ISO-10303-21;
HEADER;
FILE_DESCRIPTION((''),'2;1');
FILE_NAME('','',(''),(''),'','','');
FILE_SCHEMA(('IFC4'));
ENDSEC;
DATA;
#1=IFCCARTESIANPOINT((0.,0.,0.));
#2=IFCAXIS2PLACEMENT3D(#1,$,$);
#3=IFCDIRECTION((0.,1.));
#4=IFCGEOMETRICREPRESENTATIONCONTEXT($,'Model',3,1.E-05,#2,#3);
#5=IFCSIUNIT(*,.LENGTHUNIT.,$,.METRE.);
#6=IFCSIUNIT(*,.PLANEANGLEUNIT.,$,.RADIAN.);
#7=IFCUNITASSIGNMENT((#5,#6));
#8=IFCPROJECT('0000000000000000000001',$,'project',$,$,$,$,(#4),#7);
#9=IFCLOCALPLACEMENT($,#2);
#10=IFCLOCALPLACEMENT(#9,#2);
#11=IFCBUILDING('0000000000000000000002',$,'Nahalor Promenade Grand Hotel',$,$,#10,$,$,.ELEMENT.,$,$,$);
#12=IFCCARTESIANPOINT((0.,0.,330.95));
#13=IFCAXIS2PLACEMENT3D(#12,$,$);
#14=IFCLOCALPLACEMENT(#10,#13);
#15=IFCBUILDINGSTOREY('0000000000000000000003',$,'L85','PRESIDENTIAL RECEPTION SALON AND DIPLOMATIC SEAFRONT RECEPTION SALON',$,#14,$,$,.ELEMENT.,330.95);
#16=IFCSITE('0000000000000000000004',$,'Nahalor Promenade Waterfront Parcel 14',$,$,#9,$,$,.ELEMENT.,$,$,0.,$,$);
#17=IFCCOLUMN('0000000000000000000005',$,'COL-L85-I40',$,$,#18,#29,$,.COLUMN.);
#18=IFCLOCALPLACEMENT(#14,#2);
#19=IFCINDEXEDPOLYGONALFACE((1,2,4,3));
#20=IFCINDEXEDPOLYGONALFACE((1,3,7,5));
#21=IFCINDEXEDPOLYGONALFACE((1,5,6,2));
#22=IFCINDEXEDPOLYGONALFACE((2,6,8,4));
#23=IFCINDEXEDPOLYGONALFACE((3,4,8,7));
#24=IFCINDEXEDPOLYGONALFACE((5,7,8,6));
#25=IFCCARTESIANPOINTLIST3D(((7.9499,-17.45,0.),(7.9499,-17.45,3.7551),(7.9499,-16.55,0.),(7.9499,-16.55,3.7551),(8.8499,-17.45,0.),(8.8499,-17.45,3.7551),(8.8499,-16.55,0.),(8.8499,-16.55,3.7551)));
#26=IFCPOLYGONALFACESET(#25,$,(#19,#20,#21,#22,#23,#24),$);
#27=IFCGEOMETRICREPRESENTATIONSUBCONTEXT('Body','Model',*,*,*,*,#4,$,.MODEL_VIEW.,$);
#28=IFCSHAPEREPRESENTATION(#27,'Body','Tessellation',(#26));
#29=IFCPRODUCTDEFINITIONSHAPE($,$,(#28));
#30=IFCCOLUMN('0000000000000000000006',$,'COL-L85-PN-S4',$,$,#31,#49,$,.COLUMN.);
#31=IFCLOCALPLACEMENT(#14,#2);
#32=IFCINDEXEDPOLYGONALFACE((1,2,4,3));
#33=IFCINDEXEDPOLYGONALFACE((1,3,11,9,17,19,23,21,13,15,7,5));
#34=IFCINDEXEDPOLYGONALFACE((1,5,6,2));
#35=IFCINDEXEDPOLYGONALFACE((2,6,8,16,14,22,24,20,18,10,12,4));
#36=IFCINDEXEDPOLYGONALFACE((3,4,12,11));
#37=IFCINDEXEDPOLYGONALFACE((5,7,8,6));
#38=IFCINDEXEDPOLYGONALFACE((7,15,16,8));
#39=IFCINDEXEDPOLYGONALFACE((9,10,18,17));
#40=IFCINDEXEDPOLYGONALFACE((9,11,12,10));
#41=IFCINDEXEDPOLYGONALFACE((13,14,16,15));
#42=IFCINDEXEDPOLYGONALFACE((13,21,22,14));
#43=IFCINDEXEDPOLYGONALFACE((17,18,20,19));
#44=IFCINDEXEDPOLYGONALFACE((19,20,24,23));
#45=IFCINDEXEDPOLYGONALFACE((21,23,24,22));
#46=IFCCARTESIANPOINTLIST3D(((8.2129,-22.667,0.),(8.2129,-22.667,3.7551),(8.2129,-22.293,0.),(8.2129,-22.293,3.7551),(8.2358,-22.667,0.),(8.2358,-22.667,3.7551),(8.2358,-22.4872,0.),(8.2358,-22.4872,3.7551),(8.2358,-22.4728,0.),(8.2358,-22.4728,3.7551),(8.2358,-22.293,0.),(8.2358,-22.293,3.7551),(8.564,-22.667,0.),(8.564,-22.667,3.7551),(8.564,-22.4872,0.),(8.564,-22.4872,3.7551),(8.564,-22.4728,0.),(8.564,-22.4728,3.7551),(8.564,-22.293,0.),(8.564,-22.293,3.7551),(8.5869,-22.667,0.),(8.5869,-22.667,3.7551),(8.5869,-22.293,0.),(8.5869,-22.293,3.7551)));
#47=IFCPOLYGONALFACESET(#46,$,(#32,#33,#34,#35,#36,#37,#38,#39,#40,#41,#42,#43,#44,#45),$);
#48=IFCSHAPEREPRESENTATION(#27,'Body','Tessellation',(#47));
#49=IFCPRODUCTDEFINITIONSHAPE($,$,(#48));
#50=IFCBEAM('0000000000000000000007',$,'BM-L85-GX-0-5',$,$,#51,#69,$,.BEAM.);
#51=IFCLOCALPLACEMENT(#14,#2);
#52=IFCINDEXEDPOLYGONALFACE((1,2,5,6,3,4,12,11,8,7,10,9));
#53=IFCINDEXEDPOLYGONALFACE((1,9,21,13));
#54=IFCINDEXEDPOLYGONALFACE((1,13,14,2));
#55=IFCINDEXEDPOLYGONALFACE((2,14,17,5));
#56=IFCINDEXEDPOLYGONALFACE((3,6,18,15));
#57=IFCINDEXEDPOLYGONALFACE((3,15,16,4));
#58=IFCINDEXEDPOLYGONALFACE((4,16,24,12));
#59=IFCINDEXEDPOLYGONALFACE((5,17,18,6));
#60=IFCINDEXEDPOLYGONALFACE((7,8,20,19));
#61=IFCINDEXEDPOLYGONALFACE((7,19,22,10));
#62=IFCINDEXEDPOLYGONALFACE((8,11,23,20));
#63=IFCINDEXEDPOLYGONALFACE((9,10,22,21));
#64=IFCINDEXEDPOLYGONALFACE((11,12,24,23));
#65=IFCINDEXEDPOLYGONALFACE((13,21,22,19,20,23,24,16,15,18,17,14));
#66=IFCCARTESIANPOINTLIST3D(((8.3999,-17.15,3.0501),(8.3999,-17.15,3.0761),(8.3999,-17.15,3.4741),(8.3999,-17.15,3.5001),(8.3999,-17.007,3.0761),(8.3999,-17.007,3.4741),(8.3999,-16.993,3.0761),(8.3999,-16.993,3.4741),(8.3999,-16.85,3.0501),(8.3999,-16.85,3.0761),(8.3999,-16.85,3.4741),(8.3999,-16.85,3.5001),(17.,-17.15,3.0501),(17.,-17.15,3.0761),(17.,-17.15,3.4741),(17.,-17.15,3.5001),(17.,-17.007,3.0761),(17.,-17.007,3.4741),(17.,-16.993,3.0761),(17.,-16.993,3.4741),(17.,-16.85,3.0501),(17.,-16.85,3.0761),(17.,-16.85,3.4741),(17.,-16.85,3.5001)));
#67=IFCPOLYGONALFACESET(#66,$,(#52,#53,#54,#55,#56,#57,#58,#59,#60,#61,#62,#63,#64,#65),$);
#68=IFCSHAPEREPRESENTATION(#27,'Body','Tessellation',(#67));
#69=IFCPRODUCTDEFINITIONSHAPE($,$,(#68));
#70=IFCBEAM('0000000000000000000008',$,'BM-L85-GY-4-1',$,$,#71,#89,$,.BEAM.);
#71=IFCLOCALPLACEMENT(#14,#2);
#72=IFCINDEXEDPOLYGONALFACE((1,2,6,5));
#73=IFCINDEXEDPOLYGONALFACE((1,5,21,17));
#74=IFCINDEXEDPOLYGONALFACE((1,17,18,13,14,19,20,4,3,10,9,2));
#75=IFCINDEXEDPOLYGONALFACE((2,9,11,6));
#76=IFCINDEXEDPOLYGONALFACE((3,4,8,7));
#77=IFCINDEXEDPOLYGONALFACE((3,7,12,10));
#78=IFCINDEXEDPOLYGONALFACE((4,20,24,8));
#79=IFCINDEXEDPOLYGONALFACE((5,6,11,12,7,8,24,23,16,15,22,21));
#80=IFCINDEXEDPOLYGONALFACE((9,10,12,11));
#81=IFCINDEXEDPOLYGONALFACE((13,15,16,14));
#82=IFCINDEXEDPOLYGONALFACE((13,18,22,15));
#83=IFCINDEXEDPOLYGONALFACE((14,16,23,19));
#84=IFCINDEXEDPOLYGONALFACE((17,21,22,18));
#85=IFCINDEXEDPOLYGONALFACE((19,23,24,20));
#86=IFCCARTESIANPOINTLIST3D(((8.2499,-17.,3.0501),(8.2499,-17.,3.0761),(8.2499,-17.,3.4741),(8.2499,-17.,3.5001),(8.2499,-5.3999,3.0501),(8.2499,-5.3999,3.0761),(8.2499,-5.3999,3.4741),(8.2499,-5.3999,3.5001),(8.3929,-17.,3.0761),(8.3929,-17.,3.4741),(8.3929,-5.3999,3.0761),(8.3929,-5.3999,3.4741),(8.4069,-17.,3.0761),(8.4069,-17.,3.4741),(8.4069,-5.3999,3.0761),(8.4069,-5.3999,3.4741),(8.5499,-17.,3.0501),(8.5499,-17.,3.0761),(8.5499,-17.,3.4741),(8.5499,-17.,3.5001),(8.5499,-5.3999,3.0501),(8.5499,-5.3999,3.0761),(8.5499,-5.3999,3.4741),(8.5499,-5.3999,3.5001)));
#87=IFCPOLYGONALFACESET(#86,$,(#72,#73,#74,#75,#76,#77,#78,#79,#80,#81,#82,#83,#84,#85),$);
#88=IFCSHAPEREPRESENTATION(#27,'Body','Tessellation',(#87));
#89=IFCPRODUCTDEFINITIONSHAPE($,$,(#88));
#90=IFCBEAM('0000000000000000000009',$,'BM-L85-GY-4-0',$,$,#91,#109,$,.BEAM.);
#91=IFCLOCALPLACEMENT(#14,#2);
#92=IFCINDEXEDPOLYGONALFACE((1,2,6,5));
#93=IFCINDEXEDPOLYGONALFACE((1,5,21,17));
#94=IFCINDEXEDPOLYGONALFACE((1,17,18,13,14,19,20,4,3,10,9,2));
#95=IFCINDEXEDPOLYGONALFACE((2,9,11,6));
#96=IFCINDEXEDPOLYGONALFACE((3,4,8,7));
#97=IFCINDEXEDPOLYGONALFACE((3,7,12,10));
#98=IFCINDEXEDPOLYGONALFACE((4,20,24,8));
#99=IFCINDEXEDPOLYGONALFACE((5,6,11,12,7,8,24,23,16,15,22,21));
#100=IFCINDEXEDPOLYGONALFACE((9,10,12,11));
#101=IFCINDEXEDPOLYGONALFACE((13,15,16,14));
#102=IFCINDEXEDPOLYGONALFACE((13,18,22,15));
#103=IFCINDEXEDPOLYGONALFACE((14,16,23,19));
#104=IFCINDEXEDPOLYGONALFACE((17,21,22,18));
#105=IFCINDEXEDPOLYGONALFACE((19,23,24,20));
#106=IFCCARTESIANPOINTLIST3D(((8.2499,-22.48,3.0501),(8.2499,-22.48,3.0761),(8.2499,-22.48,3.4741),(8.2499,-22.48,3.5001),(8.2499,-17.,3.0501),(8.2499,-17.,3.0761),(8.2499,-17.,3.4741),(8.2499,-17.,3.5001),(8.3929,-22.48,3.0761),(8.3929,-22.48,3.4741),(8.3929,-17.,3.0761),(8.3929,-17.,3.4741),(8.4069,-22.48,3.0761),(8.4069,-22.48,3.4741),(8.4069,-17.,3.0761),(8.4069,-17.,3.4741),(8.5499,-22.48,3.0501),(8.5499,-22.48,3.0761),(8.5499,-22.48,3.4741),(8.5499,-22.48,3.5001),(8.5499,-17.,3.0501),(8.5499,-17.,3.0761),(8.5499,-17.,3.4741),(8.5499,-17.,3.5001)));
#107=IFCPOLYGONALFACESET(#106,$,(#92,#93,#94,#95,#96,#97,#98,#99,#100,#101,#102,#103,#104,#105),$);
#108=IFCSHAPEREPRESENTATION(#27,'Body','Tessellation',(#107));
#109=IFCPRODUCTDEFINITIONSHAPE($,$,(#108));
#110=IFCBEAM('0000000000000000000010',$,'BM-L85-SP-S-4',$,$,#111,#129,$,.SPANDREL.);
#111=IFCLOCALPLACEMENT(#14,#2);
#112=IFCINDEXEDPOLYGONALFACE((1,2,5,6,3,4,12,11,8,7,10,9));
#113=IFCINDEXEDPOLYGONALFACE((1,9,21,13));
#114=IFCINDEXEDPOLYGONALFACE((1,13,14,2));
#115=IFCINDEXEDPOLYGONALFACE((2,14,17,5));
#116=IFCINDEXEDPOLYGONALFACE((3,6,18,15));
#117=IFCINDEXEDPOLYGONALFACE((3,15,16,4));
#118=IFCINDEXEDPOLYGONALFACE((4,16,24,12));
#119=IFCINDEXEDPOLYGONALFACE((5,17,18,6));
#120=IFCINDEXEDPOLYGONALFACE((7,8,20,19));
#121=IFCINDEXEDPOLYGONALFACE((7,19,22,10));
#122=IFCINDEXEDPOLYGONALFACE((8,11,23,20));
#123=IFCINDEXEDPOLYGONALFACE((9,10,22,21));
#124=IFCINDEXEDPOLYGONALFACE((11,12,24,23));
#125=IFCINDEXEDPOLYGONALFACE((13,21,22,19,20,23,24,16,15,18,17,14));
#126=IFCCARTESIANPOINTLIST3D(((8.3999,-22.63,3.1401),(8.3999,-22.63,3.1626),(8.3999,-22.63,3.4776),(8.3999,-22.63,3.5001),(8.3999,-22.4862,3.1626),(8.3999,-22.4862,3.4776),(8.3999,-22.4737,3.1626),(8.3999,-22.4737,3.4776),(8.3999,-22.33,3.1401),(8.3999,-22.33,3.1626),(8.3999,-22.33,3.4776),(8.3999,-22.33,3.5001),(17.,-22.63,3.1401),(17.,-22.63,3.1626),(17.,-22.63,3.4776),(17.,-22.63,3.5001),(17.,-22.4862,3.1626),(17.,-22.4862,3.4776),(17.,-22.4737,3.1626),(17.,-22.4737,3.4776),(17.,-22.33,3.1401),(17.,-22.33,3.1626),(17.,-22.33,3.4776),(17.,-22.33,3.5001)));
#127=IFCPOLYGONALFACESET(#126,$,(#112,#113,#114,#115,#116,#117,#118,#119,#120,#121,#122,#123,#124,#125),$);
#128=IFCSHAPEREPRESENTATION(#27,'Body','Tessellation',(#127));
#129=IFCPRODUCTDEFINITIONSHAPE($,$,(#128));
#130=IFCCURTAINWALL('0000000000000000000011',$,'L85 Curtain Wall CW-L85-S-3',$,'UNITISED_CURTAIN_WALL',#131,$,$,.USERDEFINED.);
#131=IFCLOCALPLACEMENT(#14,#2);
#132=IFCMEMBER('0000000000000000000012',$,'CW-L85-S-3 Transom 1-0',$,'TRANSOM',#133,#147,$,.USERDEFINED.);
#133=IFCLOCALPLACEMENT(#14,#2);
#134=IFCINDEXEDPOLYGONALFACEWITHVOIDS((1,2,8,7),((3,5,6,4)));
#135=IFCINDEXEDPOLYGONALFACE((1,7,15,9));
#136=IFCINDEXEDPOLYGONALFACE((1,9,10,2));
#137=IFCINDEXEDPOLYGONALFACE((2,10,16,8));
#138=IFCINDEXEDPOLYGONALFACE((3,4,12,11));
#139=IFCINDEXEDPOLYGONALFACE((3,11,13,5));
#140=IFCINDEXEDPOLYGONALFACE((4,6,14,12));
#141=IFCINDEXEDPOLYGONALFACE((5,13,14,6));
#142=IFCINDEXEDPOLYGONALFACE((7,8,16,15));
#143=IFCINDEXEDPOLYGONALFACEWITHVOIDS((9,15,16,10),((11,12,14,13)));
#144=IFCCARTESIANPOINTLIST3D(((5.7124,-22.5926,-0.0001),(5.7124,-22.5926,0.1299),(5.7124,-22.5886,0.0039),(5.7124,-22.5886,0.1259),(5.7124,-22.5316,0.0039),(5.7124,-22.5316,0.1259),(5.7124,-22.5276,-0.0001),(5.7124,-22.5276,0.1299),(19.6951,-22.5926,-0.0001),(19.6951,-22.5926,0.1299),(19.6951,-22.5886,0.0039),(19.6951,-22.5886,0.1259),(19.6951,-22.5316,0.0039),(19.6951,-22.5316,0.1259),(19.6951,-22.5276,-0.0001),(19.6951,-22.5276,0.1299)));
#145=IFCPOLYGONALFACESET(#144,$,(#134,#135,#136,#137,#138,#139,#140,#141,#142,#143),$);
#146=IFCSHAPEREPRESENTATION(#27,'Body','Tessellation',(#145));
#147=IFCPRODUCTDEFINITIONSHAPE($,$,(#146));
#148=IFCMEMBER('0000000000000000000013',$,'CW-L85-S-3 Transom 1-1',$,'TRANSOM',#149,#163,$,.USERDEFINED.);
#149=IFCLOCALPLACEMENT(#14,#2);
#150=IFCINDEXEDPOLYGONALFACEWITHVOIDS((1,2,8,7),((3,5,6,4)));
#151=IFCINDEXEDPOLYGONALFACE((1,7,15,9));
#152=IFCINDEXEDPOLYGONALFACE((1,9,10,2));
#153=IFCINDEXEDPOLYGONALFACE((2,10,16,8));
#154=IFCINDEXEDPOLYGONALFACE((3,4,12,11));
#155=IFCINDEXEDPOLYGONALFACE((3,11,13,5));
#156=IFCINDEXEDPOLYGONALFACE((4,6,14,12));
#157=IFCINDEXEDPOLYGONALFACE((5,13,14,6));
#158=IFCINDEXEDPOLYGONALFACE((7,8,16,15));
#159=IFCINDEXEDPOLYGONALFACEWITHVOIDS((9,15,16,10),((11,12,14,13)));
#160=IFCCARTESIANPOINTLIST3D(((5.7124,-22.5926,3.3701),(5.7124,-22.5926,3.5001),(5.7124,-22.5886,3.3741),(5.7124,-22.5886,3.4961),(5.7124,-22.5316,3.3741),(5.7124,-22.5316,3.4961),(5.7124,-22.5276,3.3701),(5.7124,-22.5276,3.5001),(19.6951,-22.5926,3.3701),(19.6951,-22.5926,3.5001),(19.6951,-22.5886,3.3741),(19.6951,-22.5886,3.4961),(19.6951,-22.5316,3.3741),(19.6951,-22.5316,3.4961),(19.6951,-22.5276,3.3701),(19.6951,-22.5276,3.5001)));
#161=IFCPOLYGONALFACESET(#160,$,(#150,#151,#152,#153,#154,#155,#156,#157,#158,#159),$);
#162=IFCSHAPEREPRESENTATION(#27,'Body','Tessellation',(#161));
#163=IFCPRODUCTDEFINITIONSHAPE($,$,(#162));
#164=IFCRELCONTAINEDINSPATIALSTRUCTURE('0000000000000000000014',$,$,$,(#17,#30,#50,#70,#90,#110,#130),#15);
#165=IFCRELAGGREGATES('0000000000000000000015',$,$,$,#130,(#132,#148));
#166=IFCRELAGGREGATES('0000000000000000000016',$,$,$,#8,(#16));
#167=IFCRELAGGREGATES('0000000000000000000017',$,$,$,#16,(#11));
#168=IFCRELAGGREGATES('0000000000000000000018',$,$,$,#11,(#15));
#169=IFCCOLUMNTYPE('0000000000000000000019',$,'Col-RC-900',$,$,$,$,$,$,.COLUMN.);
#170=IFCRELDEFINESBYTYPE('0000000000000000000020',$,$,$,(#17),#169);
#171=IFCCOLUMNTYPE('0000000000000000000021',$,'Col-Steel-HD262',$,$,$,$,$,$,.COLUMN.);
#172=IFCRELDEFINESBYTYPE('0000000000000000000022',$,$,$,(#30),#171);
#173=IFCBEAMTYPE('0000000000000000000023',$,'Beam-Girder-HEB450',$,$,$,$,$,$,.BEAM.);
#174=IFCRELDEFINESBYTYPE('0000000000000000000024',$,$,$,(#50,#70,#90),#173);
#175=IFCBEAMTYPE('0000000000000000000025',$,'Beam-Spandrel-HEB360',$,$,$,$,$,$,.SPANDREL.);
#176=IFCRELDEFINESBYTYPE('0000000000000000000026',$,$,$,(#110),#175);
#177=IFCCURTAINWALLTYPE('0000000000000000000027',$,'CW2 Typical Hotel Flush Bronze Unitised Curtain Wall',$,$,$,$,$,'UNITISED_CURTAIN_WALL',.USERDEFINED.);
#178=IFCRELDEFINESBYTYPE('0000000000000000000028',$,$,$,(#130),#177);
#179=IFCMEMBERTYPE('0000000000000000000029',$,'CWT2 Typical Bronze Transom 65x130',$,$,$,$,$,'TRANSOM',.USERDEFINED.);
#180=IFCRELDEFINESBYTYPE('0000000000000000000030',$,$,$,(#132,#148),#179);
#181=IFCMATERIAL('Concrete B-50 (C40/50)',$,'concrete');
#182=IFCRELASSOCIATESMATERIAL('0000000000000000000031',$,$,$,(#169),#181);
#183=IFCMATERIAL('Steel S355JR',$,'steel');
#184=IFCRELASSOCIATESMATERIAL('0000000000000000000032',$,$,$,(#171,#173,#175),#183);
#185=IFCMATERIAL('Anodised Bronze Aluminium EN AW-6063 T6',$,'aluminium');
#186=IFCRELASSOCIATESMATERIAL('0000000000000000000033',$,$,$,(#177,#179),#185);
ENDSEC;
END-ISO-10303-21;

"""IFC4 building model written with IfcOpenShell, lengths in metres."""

from ifc_helpers import new_model, si_unit, direction, frame, origin, origin_2d, place, context, subcontext, project, spatial, rectangle, hollow_rectangle, i_section, extrude, source, transform, mapped, material, material_profile, profile_set, type_object, element, aggregate, save


model = new_model("IFC4")

# Units and contexts
model_context = context("Model", 3, precision=1e-05, world=origin(), true_north=direction((0.0, 1.0)))
body_context = subcontext(model_context, "Body", "Model", "MODEL_VIEW")
ifc_project = project(units=[si_unit("LENGTHUNIT", "METRE"), si_unit("PLANEANGLEUNIT", "RADIAN")], contexts=[model_context])

# Site, building, storey
site_placement = place(None, origin())
site = spatial("IfcSite", under=ifc_project, at=site_placement, Name="Nahalor Promenade Waterfront Parcel 14", CompositionType="ELEMENT", RefElevation=0.0)
building_placement = place(site_placement, origin())
building = spatial("IfcBuilding", under=site, at=building_placement, Name="Nahalor Promenade Grand Hotel", CompositionType="ELEMENT")
storey_placement = place(building_placement, frame((0.0, 0.0, 330.95)))
storey = spatial("IfcBuildingStorey", under=building, at=storey_placement, Name="L85", Description="PRESIDENTIAL RECEPTION SALON AND DIPLOMATIC SEAFRONT RECEPTION SALON", CompositionType="ELEMENT", Elevation=330.95)

# Columns
ifc_material_1 = material(Name="Concrete B-50 (C40/50)", Category="concrete")
ifc_material_profile_1 = material_profile(ifc_material_1, rectangle(XDim=0.9, YDim=0.9, at=origin_2d()), Name="RC 900x900")
ifc_profile_set_1 = profile_set([ifc_material_profile_1], Name="Concrete B-50 (C40/50)")
column_type_1 = type_object("IfcColumnType", Name="Col-RC-900", PredefinedType="COLUMN", material=ifc_profile_set_1)
shared_shape_1 = source(origin(), body_context, "Body", "SweptSolid", [
    extrude(rectangle(XDim=0.9, YDim=0.9, at=origin_2d()), origin(), (0.0, 0.0, 1.0), 3.7551),
])
column_1_placement = place(storey_placement, frame((8.3999, -17.0, 0.0), z_axis=(0.0, 0.0, 1.0), x_axis=(1.0, 0.0, 0.0)))
element("IfcColumn", 1, at=column_1_placement, inside=storey, type_object=column_type_1, Name="COL-L85-I40", PredefinedType="COLUMN", context=body_context, shape_type="MappedRepresentation", body=[
    mapped(shared_shape_1, transform((0.0, 0.0, 0.0), scale=1.0)),
])
ifc_material_2 = material(Name="Steel S355JR", Category="steel")
ifc_material_profile_2 = material_profile(ifc_material_2, i_section(OverallWidth=0.374, OverallDepth=0.374, WebThickness=0.0144, FlangeThickness=0.0229, at=origin_2d()), Name="HD 360x262")
ifc_profile_set_2 = profile_set([ifc_material_profile_2], Name="Steel S355JR")
column_type_2 = type_object("IfcColumnType", Name="Col-Steel-HD262", PredefinedType="COLUMN", material=ifc_profile_set_2)
shared_shape_2 = source(origin(), body_context, "Body", "SweptSolid", [
    extrude(i_section(OverallWidth=0.374, OverallDepth=0.374, WebThickness=0.0144, FlangeThickness=0.0229, at=origin_2d()), origin(), (0.0, 0.0, 1.0), 3.7551),
])
column_2_placement = place(storey_placement, frame((8.3999, -22.48, 0.0), z_axis=(0.0, 0.0, 1.0), x_axis=(0.0, 1.0, 0.0)))
element("IfcColumn", 2, at=column_2_placement, inside=storey, type_object=column_type_2, Name="COL-L85-PN-S4", PredefinedType="COLUMN", context=body_context, shape_type="MappedRepresentation", body=[
    mapped(shared_shape_2, transform((0.0, 0.0, 0.0), scale=1.0)),
])

# Beams
ifc_material_profile_3 = material_profile(ifc_material_2, i_section(OverallWidth=0.3, OverallDepth=0.45, WebThickness=0.014, FlangeThickness=0.026, at=origin_2d()), Name="HEB 450")
ifc_profile_set_3 = profile_set([ifc_material_profile_3], Name="Steel S355JR")
beam_type_1 = type_object("IfcBeamType", Name="Beam-Girder-HEB450", PredefinedType="BEAM", material=ifc_profile_set_3)
shared_shape_3 = source(origin(), body_context, "Body", "SweptSolid", [
    extrude(i_section(OverallWidth=0.3, OverallDepth=0.45, WebThickness=0.014, FlangeThickness=0.026, at=origin_2d()), origin(), (0.0, 0.0, 1.0), 8.6001),
])
beam_1_placement = place(storey_placement, frame((8.3999, -17.0, 3.2751), z_axis=(1.0, 0.0, 0.0), x_axis=(0.0, 1.0, 0.0)))
element("IfcBeam", 3, at=beam_1_placement, inside=storey, type_object=beam_type_1, Name="BM-L85-GX-0-5", PredefinedType="BEAM", context=body_context, shape_type="MappedRepresentation", body=[
    mapped(shared_shape_3, transform((0.0, 0.0, 0.0), scale=1.0)),
])
shared_shape_4 = source(origin(), body_context, "Body", "SweptSolid", [
    extrude(i_section(OverallWidth=0.3, OverallDepth=0.45, WebThickness=0.014, FlangeThickness=0.026, at=origin_2d()), origin(), (0.0, 0.0, 1.0), 11.6001),
])
beam_2_placement = place(storey_placement, frame((8.3999, -17.0, 3.2751), z_axis=(0.0, 1.0, 0.0), x_axis=(-1.0, 0.0, 0.0)))
element("IfcBeam", 4, at=beam_2_placement, inside=storey, type_object=beam_type_1, Name="BM-L85-GY-4-1", PredefinedType="BEAM", context=body_context, shape_type="MappedRepresentation", body=[
    mapped(shared_shape_4, transform((0.0, 0.0, 0.0), scale=1.0)),
])
shared_shape_5 = source(origin(), body_context, "Body", "SweptSolid", [
    extrude(i_section(OverallWidth=0.3, OverallDepth=0.45, WebThickness=0.014, FlangeThickness=0.026, at=origin_2d()), origin(), (0.0, 0.0, 1.0), 5.48),
])
beam_3_placement = place(storey_placement, frame((8.3999, -22.48, 3.2751), z_axis=(0.0, 1.0, 0.0), x_axis=(-1.0, 0.0, 0.0)))
element("IfcBeam", 5, at=beam_3_placement, inside=storey, type_object=beam_type_1, Name="BM-L85-GY-4-0", PredefinedType="BEAM", context=body_context, shape_type="MappedRepresentation", body=[
    mapped(shared_shape_5, transform((0.0, 0.0, 0.0), scale=1.0)),
])
ifc_material_profile_4 = material_profile(ifc_material_2, i_section(OverallWidth=0.3, OverallDepth=0.36, WebThickness=0.0125, FlangeThickness=0.0225, at=origin_2d()), Name="HEB 360")
ifc_profile_set_4 = profile_set([ifc_material_profile_4], Name="Steel S355JR")
beam_type_2 = type_object("IfcBeamType", Name="Beam-Spandrel-HEB360", PredefinedType="SPANDREL", material=ifc_profile_set_4)
shared_shape_6 = source(origin(), body_context, "Body", "SweptSolid", [
    extrude(i_section(OverallWidth=0.3, OverallDepth=0.36, WebThickness=0.0125, FlangeThickness=0.0225, at=origin_2d()), origin(), (0.0, 0.0, 1.0), 8.6001),
])
beam_4_placement = place(storey_placement, frame((8.3999, -22.48, 3.3201), z_axis=(1.0, 0.0, 0.0), x_axis=(0.0, 1.0, 0.0)))
element("IfcBeam", 6, at=beam_4_placement, inside=storey, type_object=beam_type_2, Name="BM-L85-SP-S-4", PredefinedType="SPANDREL", context=body_context, shape_type="MappedRepresentation", body=[
    mapped(shared_shape_6, transform((0.0, 0.0, 0.0), scale=1.0)),
])

# Curtain wall, members
ifc_material_3 = material(Name="Anodised Bronze Aluminium EN AW-6063 T6", Category="aluminium")
curtain_wall_type = type_object("IfcCurtainWallType", Name="CW2 Typical Hotel Flush Bronze Unitised Curtain Wall", ElementType="UNITISED_CURTAIN_WALL", PredefinedType="USERDEFINED", material=ifc_material_3)
curtain_wall_placement = place(storey_placement, origin())
curtain_wall = element("IfcCurtainWall", 7, at=curtain_wall_placement, inside=storey, type_object=curtain_wall_type, Name="L85 Curtain Wall CW-L85-S-3", ObjectType="UNITISED_CURTAIN_WALL", PredefinedType="USERDEFINED")
ifc_material_profile_5 = material_profile(ifc_material_3, hollow_rectangle(XDim=0.065, YDim=0.13, WallThickness=0.004, at=origin_2d()), Name="CWT 65x130x4")
ifc_profile_set_5 = profile_set([ifc_material_profile_5], Name="Anodised Bronze Aluminium EN AW-6063 T6")
member_type_1 = type_object("IfcMemberType", Name="CWT2 Typical Bronze Transom 65x130", ElementType="TRANSOM", PredefinedType="USERDEFINED", material=ifc_profile_set_5)
shared_shape_7 = source(origin(), body_context, "Body", "SweptSolid", [
    extrude(hollow_rectangle(XDim=0.065, YDim=0.13, WallThickness=0.004, at=origin_2d()), origin(), (0.0, 0.0, 1.0), 13.9827),
])
member_1_placement = place(storey_placement, frame((5.7124, -22.5601, 0.0649), z_axis=(1.0, 0.0, 0.0), x_axis=(0.0, 1.0, 0.0)))
member_1 = element("IfcMember", 8, at=member_1_placement, type_object=member_type_1, Name="CW-L85-S-3 Transom 1-0", ObjectType="TRANSOM", PredefinedType="USERDEFINED", context=body_context, shape_type="MappedRepresentation", body=[
    mapped(shared_shape_7, transform((0.0, 0.0, 0.0), scale=1.0)),
])
member_2_placement = place(storey_placement, frame((5.7124, -22.5601, 3.4351), z_axis=(1.0, 0.0, 0.0), x_axis=(0.0, 1.0, 0.0)))
member_2 = element("IfcMember", 9, at=member_2_placement, type_object=member_type_1, Name="CW-L85-S-3 Transom 1-1", ObjectType="TRANSOM", PredefinedType="USERDEFINED", context=body_context, shape_type="MappedRepresentation", body=[
    mapped(shared_shape_7, transform((0.0, 0.0, 0.0), scale=1.0)),
])
aggregate(curtain_wall, [member_1, member_2])

save(model, "model.ifc")
